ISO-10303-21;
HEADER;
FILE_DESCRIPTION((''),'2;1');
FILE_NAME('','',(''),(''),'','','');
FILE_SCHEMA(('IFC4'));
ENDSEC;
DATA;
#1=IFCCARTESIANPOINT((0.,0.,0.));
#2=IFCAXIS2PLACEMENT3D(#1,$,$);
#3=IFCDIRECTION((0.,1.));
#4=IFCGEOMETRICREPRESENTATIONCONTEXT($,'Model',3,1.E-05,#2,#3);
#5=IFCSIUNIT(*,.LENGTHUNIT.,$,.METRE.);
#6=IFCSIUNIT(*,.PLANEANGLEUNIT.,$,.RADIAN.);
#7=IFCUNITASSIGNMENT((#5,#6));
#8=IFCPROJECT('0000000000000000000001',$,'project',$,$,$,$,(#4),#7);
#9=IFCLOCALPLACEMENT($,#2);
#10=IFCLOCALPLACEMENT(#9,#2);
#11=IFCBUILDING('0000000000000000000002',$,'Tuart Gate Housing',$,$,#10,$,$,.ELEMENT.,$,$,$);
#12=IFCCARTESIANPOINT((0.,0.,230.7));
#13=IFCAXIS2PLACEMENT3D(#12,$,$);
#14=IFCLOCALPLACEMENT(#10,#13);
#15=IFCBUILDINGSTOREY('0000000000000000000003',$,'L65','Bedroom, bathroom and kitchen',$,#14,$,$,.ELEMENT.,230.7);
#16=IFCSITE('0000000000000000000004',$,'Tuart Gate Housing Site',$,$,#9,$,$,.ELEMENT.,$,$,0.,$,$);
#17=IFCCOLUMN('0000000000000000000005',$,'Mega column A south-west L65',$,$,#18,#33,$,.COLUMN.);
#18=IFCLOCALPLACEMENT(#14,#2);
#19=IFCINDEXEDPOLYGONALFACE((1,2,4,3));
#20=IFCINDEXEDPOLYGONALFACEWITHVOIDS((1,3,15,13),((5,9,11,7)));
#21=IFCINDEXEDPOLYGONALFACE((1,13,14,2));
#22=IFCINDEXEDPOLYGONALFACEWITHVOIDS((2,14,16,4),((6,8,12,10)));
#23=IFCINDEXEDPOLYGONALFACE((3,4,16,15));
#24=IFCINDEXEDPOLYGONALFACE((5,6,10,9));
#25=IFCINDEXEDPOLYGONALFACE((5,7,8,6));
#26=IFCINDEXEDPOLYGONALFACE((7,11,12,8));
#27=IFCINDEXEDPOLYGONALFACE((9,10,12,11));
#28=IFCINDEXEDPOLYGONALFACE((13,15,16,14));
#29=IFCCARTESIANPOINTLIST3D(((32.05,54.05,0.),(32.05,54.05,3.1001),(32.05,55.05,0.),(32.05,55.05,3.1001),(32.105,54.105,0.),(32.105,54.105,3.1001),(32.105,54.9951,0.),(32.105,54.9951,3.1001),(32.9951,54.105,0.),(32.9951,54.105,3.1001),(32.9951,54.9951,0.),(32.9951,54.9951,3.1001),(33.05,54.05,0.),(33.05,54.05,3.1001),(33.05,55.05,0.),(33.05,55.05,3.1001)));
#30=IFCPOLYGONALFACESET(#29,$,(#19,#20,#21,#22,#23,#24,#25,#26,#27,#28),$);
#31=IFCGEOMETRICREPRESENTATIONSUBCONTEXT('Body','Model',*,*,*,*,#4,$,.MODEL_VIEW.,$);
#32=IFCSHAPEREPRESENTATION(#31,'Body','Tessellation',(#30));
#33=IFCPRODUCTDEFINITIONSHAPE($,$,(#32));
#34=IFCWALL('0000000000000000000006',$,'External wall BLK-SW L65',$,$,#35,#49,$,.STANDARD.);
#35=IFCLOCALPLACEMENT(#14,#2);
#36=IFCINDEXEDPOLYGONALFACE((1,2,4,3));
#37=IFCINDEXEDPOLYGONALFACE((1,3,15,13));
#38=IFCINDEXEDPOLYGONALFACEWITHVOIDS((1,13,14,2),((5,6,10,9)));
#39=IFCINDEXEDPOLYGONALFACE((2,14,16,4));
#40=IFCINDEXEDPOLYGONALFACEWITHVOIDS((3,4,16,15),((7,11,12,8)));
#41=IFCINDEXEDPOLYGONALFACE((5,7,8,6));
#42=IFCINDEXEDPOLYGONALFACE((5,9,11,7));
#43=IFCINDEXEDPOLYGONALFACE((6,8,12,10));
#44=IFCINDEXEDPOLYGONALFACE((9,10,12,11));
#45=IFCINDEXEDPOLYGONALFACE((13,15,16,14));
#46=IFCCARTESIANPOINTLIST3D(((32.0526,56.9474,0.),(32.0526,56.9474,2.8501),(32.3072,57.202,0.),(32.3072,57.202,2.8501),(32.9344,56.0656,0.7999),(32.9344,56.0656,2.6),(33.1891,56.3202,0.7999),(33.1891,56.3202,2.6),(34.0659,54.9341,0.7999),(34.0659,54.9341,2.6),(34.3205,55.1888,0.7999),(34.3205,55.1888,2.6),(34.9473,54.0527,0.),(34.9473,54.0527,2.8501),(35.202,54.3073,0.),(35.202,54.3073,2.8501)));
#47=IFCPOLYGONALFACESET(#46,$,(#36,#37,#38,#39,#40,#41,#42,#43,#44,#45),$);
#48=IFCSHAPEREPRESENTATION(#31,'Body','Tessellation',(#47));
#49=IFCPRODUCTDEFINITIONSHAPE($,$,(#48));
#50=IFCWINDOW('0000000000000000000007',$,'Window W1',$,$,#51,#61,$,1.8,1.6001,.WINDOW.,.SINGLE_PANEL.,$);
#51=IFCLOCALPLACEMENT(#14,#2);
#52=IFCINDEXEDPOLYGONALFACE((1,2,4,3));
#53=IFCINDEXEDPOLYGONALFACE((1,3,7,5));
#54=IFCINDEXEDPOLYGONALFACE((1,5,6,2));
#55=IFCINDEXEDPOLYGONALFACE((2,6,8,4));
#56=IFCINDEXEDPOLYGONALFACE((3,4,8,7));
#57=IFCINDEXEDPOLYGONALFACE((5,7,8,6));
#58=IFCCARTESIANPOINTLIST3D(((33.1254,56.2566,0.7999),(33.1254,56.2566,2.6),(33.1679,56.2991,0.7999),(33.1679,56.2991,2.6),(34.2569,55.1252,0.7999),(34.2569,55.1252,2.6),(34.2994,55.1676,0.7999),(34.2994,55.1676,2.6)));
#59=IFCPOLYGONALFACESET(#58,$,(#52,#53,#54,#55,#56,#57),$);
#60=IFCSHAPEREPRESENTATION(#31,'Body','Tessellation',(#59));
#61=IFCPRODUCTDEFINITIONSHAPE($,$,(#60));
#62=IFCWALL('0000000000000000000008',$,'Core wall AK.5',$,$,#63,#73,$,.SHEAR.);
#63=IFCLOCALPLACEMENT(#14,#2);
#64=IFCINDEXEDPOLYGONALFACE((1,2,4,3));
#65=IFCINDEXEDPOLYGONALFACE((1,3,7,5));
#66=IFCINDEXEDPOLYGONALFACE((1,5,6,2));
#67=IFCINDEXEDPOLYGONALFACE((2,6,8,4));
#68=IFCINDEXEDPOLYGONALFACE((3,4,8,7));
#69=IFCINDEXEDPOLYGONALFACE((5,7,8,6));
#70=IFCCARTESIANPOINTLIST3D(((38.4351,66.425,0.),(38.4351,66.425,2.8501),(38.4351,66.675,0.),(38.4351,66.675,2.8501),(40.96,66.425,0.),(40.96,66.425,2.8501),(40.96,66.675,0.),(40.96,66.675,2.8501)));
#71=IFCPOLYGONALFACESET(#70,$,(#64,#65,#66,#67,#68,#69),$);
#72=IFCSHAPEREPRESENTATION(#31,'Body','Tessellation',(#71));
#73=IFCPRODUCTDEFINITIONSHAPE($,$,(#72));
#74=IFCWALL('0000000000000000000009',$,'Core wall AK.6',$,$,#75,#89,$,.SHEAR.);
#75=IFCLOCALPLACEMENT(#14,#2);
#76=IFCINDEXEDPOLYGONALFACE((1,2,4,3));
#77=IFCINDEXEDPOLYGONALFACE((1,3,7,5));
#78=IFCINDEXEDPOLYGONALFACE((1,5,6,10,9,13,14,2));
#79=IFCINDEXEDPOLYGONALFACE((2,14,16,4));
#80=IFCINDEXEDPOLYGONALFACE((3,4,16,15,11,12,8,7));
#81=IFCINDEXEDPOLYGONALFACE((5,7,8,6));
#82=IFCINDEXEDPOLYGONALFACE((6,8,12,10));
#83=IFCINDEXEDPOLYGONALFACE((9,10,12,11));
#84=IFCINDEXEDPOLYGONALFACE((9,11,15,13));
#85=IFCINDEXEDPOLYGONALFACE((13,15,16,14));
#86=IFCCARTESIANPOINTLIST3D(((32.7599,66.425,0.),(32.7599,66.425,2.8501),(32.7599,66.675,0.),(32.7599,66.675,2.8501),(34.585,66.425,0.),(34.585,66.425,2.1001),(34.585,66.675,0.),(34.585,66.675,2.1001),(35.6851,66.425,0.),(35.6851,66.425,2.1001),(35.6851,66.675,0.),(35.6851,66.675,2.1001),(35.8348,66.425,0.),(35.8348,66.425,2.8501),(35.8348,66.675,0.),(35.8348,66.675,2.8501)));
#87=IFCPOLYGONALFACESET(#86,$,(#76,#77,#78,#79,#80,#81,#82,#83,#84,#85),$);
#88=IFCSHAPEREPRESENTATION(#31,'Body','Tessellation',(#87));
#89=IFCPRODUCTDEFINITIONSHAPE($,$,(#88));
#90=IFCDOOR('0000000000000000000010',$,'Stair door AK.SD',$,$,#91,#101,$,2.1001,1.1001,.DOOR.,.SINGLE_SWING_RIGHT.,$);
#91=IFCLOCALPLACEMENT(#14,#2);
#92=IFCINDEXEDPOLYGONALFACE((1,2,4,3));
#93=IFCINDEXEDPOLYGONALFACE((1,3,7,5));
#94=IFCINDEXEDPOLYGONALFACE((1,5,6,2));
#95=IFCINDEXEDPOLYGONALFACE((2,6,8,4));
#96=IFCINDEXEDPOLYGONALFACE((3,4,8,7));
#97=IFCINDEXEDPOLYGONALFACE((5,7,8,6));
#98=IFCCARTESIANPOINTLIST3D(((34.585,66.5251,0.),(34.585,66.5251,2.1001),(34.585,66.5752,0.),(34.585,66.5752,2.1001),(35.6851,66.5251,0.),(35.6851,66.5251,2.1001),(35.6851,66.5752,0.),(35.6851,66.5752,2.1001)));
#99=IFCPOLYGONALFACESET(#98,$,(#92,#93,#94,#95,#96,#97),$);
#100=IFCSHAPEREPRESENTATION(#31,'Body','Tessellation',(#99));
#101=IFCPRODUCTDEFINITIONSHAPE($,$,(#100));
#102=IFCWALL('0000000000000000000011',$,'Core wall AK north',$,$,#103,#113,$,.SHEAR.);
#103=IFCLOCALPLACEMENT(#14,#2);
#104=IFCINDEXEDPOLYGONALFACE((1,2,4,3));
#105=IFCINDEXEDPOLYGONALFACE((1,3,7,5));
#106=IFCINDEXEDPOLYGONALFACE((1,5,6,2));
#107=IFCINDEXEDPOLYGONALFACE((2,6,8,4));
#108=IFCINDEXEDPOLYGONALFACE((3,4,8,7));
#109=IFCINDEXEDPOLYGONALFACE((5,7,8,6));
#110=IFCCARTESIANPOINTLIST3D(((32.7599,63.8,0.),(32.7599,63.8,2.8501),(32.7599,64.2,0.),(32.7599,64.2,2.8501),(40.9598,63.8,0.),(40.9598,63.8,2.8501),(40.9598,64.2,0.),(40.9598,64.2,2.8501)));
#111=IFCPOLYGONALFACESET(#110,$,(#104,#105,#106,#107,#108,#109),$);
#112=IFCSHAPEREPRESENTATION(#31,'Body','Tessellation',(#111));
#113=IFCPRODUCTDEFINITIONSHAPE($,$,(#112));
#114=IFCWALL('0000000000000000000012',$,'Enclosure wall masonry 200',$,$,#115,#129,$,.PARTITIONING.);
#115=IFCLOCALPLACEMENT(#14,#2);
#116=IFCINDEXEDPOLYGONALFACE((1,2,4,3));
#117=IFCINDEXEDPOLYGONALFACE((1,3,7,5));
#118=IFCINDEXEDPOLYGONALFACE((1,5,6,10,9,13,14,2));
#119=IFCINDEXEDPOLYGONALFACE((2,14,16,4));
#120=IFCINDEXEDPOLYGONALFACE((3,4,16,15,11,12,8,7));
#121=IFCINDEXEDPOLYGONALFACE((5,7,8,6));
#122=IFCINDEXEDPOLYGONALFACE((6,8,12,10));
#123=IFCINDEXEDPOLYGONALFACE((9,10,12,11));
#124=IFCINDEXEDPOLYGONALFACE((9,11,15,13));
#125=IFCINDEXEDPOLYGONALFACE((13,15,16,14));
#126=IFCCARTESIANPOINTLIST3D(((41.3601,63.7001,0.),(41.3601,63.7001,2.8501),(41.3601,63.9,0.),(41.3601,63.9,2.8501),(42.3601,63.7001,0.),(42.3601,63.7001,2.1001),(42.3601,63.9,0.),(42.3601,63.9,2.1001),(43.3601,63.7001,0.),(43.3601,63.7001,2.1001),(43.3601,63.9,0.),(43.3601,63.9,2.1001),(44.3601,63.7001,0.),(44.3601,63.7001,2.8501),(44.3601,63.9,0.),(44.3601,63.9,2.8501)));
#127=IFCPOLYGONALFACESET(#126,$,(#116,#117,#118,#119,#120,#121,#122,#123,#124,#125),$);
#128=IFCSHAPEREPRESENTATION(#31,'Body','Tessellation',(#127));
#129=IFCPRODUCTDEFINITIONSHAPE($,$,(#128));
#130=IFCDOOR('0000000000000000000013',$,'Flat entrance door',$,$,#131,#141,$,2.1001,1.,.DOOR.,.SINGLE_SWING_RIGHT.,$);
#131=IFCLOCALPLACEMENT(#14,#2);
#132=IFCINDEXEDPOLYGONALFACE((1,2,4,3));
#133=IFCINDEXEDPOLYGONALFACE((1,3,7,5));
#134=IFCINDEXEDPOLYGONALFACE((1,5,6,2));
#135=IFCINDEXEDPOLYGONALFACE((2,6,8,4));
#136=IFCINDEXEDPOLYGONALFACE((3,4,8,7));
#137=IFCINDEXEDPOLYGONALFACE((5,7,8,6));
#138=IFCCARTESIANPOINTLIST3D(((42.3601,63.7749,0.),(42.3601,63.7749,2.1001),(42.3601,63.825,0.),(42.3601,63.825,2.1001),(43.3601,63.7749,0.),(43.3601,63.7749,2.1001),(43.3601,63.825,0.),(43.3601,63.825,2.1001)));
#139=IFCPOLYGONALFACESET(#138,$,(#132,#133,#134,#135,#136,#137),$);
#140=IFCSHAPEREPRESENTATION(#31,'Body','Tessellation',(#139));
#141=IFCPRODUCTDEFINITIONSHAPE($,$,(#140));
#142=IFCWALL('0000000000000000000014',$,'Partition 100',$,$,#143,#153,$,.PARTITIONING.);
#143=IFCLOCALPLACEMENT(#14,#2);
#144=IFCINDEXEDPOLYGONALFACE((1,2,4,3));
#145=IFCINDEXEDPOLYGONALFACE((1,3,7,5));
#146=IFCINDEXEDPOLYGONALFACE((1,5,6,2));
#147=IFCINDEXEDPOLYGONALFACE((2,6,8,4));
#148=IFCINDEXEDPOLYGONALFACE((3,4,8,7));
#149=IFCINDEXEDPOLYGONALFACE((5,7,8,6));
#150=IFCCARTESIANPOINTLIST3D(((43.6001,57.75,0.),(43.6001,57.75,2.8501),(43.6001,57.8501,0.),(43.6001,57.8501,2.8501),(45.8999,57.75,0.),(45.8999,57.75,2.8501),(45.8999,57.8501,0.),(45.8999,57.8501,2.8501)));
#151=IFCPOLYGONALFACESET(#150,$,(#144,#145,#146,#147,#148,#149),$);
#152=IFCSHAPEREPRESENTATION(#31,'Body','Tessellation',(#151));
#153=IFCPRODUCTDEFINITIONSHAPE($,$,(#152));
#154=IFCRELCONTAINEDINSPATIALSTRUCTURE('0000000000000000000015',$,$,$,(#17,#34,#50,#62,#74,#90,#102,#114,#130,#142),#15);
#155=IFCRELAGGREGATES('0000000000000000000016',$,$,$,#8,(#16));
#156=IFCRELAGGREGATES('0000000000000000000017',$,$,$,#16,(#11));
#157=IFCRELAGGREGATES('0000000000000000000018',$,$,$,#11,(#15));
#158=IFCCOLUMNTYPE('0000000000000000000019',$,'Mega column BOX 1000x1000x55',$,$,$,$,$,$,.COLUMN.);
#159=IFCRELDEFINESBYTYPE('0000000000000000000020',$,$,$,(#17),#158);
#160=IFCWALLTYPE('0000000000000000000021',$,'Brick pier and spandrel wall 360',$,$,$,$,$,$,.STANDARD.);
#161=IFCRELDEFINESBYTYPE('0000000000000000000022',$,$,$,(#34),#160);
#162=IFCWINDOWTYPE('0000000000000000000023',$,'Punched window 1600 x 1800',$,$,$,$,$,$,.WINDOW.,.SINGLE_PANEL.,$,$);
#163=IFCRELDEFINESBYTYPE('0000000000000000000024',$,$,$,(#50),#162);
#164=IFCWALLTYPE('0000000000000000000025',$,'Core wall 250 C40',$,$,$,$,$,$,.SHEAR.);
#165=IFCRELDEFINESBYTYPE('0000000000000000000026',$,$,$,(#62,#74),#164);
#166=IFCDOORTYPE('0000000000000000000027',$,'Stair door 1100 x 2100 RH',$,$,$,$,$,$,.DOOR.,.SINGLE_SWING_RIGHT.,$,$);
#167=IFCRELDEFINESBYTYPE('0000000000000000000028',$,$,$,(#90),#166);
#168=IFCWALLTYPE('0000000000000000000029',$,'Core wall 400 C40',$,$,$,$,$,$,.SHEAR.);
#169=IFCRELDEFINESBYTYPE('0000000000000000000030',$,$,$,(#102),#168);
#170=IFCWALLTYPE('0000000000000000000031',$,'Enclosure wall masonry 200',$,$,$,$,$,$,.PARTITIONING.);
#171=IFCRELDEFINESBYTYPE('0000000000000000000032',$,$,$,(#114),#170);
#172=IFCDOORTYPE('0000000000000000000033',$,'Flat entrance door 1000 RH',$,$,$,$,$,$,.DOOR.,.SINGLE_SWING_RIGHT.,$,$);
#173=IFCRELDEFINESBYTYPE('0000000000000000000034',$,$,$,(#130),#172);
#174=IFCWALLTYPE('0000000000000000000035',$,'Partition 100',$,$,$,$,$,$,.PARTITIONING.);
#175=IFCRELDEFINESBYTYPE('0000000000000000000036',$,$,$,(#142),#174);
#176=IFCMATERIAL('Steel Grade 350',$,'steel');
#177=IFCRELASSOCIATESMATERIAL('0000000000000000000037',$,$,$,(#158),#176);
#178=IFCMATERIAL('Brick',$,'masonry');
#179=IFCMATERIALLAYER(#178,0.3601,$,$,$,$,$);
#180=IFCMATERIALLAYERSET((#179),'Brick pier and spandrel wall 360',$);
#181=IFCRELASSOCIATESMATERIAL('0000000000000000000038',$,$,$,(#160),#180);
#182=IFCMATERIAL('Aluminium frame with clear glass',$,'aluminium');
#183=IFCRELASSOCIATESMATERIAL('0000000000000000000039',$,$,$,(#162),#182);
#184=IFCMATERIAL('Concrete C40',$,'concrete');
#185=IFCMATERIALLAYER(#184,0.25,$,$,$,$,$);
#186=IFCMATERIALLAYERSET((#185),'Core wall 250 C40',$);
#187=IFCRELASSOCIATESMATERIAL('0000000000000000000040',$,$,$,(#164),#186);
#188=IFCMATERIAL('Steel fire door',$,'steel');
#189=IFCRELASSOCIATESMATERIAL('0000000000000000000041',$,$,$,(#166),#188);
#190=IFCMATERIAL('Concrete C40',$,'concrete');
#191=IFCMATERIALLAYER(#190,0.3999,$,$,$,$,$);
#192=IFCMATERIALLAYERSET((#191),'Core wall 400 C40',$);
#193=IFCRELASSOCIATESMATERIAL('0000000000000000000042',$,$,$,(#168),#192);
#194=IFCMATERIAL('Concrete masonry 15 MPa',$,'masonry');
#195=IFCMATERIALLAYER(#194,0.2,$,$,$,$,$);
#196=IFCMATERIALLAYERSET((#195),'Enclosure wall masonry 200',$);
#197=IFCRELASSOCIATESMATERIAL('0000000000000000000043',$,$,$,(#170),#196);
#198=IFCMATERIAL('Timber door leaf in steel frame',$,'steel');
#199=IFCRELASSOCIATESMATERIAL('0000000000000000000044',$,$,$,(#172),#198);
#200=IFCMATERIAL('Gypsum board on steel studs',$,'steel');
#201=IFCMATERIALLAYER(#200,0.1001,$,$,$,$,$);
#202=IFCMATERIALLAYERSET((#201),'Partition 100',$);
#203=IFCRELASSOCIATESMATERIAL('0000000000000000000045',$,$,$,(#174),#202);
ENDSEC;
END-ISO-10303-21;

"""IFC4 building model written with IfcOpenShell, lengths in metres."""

from ifc_helpers import new_model, si_unit, direction, frame, frame_2d, origin, origin_2d, place, context, subcontext, project, spatial, rectangle, hollow_rectangle, extrude, material, layer, layer_set, material_profile, profile_set, type_object, element, fill, save


model = new_model("IFC4")

# Units and contexts
model_context = context("Model", 3, precision=1e-05, world=origin(), true_north=direction((0.0, 1.0)))
body_context = subcontext(model_context, "Body", "Model", "MODEL_VIEW")
ifc_project = project(units=[si_unit("LENGTHUNIT", "METRE"), si_unit("PLANEANGLEUNIT", "RADIAN")], contexts=[model_context])

# Site, building, storey
site_placement = place(None, origin())
site = spatial("IfcSite", under=ifc_project, at=site_placement, Name="Tuart Gate Housing Site", CompositionType="ELEMENT", RefElevation=0.0)
building_placement = place(site_placement, origin())
building = spatial("IfcBuilding", under=site, at=building_placement, Name="Tuart Gate Housing", CompositionType="ELEMENT")
storey_placement = place(building_placement, frame((0.0, 0.0, 230.7)))
storey = spatial("IfcBuildingStorey", under=building, at=storey_placement, Name="L65", Description="Bedroom, bathroom and kitchen", CompositionType="ELEMENT", Elevation=230.7)

# Column
ifc_material_1 = material(Name="Steel Grade 350", Category="steel")
ifc_material_profile = material_profile(ifc_material_1, hollow_rectangle(XDim=1.0, YDim=1.0, WallThickness=0.0549, at=origin_2d()), Name="BOX 1000x1000x55")
ifc_profile_set = profile_set([ifc_material_profile], Name="Steel Grade 350")
column_type = type_object("IfcColumnType", Name="Mega column BOX 1000x1000x55", PredefinedType="COLUMN", material=ifc_profile_set)
column_placement = place(storey_placement, frame((32.55, 54.55, 0.0), z_axis=(0.0, 0.0, 1.0), x_axis=(1.0, 0.0, 0.0)))
element("IfcColumn", 1, at=column_placement, inside=storey, type_object=column_type, Name="Mega column A south-west L65", PredefinedType="COLUMN", context=body_context, shape_type="SweptSolid", body=[
    extrude(hollow_rectangle(XDim=1.0, YDim=1.0, WallThickness=0.0549, at=origin_2d()), origin(), (0.0, 0.0, 1.0), 3.1001),
])

# Wall, opening, window
ifc_material_2 = material(Name="Brick", Category="masonry")
ifc_layer_1 = layer(ifc_material_2, 0.3601)
ifc_layer_set_1 = layer_set([ifc_layer_1], Name="Brick pier and spandrel wall 360")
wall_type_1 = type_object("IfcWallType", Name="Brick pier and spandrel wall 360", PredefinedType="STANDARD", material=ifc_layer_set_1)
wall_1_placement = place(storey_placement, frame((32.1799, 57.0747, 0.0), z_axis=(0.0, 0.0, 1.0), x_axis=(0.707107, -0.707107, 0.0)))
wall_1 = element("IfcWall", 2, at=wall_1_placement, inside=storey, type_object=wall_type_1, Name="External wall BLK-SW L65", PredefinedType="STANDARD", context=body_context, shape_type="SweptSolid", body=[
    extrude(rectangle(XDim=4.0938, YDim=0.3601, at=frame_2d((2.0469, 0.0))), origin(), (0.0, 0.0, 1.0), 2.8501),
])
opening_1_placement = place(wall_1_placement, frame((1.2471, 0.0, 0.8)))
opening_1 = element("IfcOpeningElement", 3, at=opening_1_placement, cuts=wall_1, PredefinedType="OPENING", context=body_context, shape_type="SweptSolid", body=[
    extrude(rectangle(XDim=1.6001, YDim=1.8, at=frame_2d((0.8, 0.8999))), frame((0.0, 0.1899, 0.0), z_axis=(0.0, -1.0, 0.0), x_axis=(1.0, 0.0, 0.0)), (0.0, 0.0, 1.0), 0.3801),
])
ifc_material_3 = material(Name="Aluminium frame with clear glass", Category="aluminium")
window_type = type_object("IfcWindowType", Name="Punched window 1600 x 1800", PartitioningType="SINGLE_PANEL", PredefinedType="WINDOW", material=ifc_material_3)
window_placement = place(opening_1_placement, origin())
window = element("IfcWindow", 4, at=window_placement, inside=storey, type_object=window_type, Name="Window W1", OverallHeight=1.8, OverallWidth=1.6001, PartitioningType="SINGLE_PANEL", PredefinedType="WINDOW", context=body_context, shape_type="SweptSolid", body=[
    extrude(rectangle(XDim=1.6001, YDim=1.8, at=frame_2d((0.8, 0.8999))), frame((0.0, 0.1501, 0.0), z_axis=(0.0, -1.0, 0.0), x_axis=(1.0, 0.0, 0.0)), (0.0, 0.0, 1.0), 0.0601),
])
fill(opening_1, window)

# Wall
ifc_material_4 = material(Name="Concrete C40", Category="concrete")
ifc_layer_2 = layer(ifc_material_4, 0.25)
ifc_layer_set_2 = layer_set([ifc_layer_2], Name="Core wall 250 C40")
wall_type_2 = type_object("IfcWallType", Name="Core wall 250 C40", PredefinedType="SHEAR", material=ifc_layer_set_2)
wall_2_placement = place(storey_placement, frame((40.96, 66.55, 0.0), z_axis=(0.0, 0.0, 1.0), x_axis=(-1.0, 0.0, 0.0)))
element("IfcWall", 5, at=wall_2_placement, inside=storey, type_object=wall_type_2, Name="Core wall AK.5", PredefinedType="SHEAR", context=body_context, shape_type="SweptSolid", body=[
    extrude(rectangle(XDim=2.5249, YDim=0.25, at=frame_2d((1.2625, 0.0))), origin(), (0.0, 0.0, 1.0), 2.8501),
])

# Wall, opening, door
wall_3_placement = place(storey_placement, frame((35.835, 66.55, 0.0), z_axis=(0.0, 0.0, 1.0), x_axis=(-1.0, 0.0, 0.0)))
wall_3 = element("IfcWall", 6, at=wall_3_placement, inside=storey, type_object=wall_type_2, Name="Core wall AK.6", PredefinedType="SHEAR", context=body_context, shape_type="SweptSolid", body=[
    extrude(rectangle(XDim=3.075, YDim=0.25, at=frame_2d((1.5376, 0.0))), origin(), (0.0, 0.0, 1.0), 2.8501),
])
opening_2_placement = place(wall_3_placement, frame((0.1499, 0.0, 0.0)))
opening_2 = element("IfcOpeningElement", 7, at=opening_2_placement, cuts=wall_3, PredefinedType="OPENING", context=body_context, shape_type="SweptSolid", body=[
    extrude(rectangle(XDim=1.1001, YDim=2.1001, at=frame_2d((0.55, 1.05))), frame((0.0, 0.135, 0.0), z_axis=(0.0, -1.0, 0.0), x_axis=(1.0, 0.0, 0.0)), (0.0, 0.0, 1.0), 0.27),
])
ifc_material_5 = material(Name="Steel fire door", Category="steel")
door_type_1 = type_object("IfcDoorType", Name="Stair door 1100 x 2100 RH", OperationType="SINGLE_SWING_RIGHT", PredefinedType="DOOR", material=ifc_material_5)
door_1_placement = place(opening_2_placement, frame((1.1001, 0.0, 0.0), z_axis=(0.0, 0.0, 1.0), x_axis=(-1.0, 0.0, 0.0)))
door_1 = element("IfcDoor", 8, at=door_1_placement, inside=storey, type_object=door_type_1, Name="Stair door AK.SD", OperationType="SINGLE_SWING_RIGHT", OverallHeight=2.1001, OverallWidth=1.1001, PredefinedType="DOOR", context=body_context, shape_type="SweptSolid", body=[
    extrude(rectangle(XDim=1.1001, YDim=2.1001, at=frame_2d((0.55, 1.05))), frame((0.0, 0.0251, 0.0), z_axis=(0.0, -1.0, 0.0), x_axis=(1.0, 0.0, 0.0)), (0.0, 0.0, 1.0), 0.05),
])
fill(opening_2, door_1)

# Wall
ifc_material_6 = material(Name="Concrete C40", Category="concrete")
ifc_layer_3 = layer(ifc_material_6, 0.3999)
ifc_layer_set_3 = layer_set([ifc_layer_3], Name="Core wall 400 C40")
wall_type_3 = type_object("IfcWallType", Name="Core wall 400 C40", PredefinedType="SHEAR", material=ifc_layer_set_3)
wall_4_placement = place(storey_placement, frame((40.96, 64.0, 0.0), z_axis=(0.0, 0.0, 1.0), x_axis=(-1.0, 0.0, 0.0)))
element("IfcWall", 9, at=wall_4_placement, inside=storey, type_object=wall_type_3, Name="Core wall AK north", PredefinedType="SHEAR", context=body_context, shape_type="SweptSolid", body=[
    extrude(rectangle(XDim=8.2, YDim=0.3999, at=frame_2d((4.1001, 0.0))), origin(), (0.0, 0.0, 1.0), 2.8501),
])

# Wall, opening, door
ifc_material_7 = material(Name="Concrete masonry 15 MPa", Category="masonry")
ifc_layer_4 = layer(ifc_material_7, 0.2)
ifc_layer_set_4 = layer_set([ifc_layer_4], Name="Enclosure wall masonry 200")
wall_type_4 = type_object("IfcWallType", Name="Enclosure wall masonry 200", PredefinedType="PARTITIONING", material=ifc_layer_set_4)
wall_5_placement = place(storey_placement, frame((41.3601, 63.8, 0.0), z_axis=(0.0, 0.0, 1.0), x_axis=(1.0, 0.0, 0.0)))
wall_5 = element("IfcWall", 10, at=wall_5_placement, inside=storey, type_object=wall_type_4, Name="Enclosure wall masonry 200", PredefinedType="PARTITIONING", context=body_context, shape_type="SweptSolid", body=[
    extrude(rectangle(XDim=3.0, YDim=0.2, at=frame_2d((1.5, 0.0))), origin(), (0.0, 0.0, 1.0), 2.8501),
])
opening_3_placement = place(wall_5_placement, frame((1.0, 0.0, 0.0)))
opening_3 = element("IfcOpeningElement", 11, at=opening_3_placement, cuts=wall_5, PredefinedType="OPENING", context=body_context, shape_type="SweptSolid", body=[
    extrude(rectangle(XDim=1.0, YDim=2.1001, at=frame_2d((0.5, 1.05))), frame((0.0, 0.1099, 0.0), z_axis=(0.0, -1.0, 0.0), x_axis=(1.0, 0.0, 0.0)), (0.0, 0.0, 1.0), 0.22),
])
ifc_material_8 = material(Name="Timber door leaf in steel frame", Category="steel")
door_type_2 = type_object("IfcDoorType", Name="Flat entrance door 1000 RH", OperationType="SINGLE_SWING_RIGHT", PredefinedType="DOOR", material=ifc_material_8)
door_2_placement = place(opening_3_placement, frame((1.0, 0.0, 0.0), z_axis=(0.0, 0.0, 1.0), x_axis=(-1.0, 0.0, 0.0)))
door_2 = element("IfcDoor", 12, at=door_2_placement, inside=storey, type_object=door_type_2, Name="Flat entrance door", OperationType="SINGLE_SWING_RIGHT", OverallHeight=2.1001, OverallWidth=1.0, PredefinedType="DOOR", context=body_context, shape_type="SweptSolid", body=[
    extrude(rectangle(XDim=1.0, YDim=2.1001, at=frame_2d((0.5, 1.05))), frame((0.0, 0.0251, 0.0), z_axis=(0.0, -1.0, 0.0), x_axis=(1.0, 0.0, 0.0)), (0.0, 0.0, 1.0), 0.05),
])
fill(opening_3, door_2)

# Wall
ifc_material_9 = material(Name="Gypsum board on steel studs", Category="steel")
ifc_layer_5 = layer(ifc_material_9, 0.1001)
ifc_layer_set_5 = layer_set([ifc_layer_5], Name="Partition 100")
wall_type_5 = type_object("IfcWallType", Name="Partition 100", PredefinedType="PARTITIONING", material=ifc_layer_set_5)
wall_6_placement = place(storey_placement, frame((43.6001, 57.8, 0.0), z_axis=(0.0, 0.0, 1.0), x_axis=(1.0, 0.0, 0.0)))
element("IfcWall", 13, at=wall_6_placement, inside=storey, type_object=wall_type_5, Name="Partition 100", PredefinedType="PARTITIONING", context=body_context, shape_type="SweptSolid", body=[
    extrude(rectangle(XDim=2.2998, YDim=0.1001, at=frame_2d((1.1499, 0.0))), origin(), (0.0, 0.0, 1.0), 2.8501),
])

save(model, "model.ifc")
